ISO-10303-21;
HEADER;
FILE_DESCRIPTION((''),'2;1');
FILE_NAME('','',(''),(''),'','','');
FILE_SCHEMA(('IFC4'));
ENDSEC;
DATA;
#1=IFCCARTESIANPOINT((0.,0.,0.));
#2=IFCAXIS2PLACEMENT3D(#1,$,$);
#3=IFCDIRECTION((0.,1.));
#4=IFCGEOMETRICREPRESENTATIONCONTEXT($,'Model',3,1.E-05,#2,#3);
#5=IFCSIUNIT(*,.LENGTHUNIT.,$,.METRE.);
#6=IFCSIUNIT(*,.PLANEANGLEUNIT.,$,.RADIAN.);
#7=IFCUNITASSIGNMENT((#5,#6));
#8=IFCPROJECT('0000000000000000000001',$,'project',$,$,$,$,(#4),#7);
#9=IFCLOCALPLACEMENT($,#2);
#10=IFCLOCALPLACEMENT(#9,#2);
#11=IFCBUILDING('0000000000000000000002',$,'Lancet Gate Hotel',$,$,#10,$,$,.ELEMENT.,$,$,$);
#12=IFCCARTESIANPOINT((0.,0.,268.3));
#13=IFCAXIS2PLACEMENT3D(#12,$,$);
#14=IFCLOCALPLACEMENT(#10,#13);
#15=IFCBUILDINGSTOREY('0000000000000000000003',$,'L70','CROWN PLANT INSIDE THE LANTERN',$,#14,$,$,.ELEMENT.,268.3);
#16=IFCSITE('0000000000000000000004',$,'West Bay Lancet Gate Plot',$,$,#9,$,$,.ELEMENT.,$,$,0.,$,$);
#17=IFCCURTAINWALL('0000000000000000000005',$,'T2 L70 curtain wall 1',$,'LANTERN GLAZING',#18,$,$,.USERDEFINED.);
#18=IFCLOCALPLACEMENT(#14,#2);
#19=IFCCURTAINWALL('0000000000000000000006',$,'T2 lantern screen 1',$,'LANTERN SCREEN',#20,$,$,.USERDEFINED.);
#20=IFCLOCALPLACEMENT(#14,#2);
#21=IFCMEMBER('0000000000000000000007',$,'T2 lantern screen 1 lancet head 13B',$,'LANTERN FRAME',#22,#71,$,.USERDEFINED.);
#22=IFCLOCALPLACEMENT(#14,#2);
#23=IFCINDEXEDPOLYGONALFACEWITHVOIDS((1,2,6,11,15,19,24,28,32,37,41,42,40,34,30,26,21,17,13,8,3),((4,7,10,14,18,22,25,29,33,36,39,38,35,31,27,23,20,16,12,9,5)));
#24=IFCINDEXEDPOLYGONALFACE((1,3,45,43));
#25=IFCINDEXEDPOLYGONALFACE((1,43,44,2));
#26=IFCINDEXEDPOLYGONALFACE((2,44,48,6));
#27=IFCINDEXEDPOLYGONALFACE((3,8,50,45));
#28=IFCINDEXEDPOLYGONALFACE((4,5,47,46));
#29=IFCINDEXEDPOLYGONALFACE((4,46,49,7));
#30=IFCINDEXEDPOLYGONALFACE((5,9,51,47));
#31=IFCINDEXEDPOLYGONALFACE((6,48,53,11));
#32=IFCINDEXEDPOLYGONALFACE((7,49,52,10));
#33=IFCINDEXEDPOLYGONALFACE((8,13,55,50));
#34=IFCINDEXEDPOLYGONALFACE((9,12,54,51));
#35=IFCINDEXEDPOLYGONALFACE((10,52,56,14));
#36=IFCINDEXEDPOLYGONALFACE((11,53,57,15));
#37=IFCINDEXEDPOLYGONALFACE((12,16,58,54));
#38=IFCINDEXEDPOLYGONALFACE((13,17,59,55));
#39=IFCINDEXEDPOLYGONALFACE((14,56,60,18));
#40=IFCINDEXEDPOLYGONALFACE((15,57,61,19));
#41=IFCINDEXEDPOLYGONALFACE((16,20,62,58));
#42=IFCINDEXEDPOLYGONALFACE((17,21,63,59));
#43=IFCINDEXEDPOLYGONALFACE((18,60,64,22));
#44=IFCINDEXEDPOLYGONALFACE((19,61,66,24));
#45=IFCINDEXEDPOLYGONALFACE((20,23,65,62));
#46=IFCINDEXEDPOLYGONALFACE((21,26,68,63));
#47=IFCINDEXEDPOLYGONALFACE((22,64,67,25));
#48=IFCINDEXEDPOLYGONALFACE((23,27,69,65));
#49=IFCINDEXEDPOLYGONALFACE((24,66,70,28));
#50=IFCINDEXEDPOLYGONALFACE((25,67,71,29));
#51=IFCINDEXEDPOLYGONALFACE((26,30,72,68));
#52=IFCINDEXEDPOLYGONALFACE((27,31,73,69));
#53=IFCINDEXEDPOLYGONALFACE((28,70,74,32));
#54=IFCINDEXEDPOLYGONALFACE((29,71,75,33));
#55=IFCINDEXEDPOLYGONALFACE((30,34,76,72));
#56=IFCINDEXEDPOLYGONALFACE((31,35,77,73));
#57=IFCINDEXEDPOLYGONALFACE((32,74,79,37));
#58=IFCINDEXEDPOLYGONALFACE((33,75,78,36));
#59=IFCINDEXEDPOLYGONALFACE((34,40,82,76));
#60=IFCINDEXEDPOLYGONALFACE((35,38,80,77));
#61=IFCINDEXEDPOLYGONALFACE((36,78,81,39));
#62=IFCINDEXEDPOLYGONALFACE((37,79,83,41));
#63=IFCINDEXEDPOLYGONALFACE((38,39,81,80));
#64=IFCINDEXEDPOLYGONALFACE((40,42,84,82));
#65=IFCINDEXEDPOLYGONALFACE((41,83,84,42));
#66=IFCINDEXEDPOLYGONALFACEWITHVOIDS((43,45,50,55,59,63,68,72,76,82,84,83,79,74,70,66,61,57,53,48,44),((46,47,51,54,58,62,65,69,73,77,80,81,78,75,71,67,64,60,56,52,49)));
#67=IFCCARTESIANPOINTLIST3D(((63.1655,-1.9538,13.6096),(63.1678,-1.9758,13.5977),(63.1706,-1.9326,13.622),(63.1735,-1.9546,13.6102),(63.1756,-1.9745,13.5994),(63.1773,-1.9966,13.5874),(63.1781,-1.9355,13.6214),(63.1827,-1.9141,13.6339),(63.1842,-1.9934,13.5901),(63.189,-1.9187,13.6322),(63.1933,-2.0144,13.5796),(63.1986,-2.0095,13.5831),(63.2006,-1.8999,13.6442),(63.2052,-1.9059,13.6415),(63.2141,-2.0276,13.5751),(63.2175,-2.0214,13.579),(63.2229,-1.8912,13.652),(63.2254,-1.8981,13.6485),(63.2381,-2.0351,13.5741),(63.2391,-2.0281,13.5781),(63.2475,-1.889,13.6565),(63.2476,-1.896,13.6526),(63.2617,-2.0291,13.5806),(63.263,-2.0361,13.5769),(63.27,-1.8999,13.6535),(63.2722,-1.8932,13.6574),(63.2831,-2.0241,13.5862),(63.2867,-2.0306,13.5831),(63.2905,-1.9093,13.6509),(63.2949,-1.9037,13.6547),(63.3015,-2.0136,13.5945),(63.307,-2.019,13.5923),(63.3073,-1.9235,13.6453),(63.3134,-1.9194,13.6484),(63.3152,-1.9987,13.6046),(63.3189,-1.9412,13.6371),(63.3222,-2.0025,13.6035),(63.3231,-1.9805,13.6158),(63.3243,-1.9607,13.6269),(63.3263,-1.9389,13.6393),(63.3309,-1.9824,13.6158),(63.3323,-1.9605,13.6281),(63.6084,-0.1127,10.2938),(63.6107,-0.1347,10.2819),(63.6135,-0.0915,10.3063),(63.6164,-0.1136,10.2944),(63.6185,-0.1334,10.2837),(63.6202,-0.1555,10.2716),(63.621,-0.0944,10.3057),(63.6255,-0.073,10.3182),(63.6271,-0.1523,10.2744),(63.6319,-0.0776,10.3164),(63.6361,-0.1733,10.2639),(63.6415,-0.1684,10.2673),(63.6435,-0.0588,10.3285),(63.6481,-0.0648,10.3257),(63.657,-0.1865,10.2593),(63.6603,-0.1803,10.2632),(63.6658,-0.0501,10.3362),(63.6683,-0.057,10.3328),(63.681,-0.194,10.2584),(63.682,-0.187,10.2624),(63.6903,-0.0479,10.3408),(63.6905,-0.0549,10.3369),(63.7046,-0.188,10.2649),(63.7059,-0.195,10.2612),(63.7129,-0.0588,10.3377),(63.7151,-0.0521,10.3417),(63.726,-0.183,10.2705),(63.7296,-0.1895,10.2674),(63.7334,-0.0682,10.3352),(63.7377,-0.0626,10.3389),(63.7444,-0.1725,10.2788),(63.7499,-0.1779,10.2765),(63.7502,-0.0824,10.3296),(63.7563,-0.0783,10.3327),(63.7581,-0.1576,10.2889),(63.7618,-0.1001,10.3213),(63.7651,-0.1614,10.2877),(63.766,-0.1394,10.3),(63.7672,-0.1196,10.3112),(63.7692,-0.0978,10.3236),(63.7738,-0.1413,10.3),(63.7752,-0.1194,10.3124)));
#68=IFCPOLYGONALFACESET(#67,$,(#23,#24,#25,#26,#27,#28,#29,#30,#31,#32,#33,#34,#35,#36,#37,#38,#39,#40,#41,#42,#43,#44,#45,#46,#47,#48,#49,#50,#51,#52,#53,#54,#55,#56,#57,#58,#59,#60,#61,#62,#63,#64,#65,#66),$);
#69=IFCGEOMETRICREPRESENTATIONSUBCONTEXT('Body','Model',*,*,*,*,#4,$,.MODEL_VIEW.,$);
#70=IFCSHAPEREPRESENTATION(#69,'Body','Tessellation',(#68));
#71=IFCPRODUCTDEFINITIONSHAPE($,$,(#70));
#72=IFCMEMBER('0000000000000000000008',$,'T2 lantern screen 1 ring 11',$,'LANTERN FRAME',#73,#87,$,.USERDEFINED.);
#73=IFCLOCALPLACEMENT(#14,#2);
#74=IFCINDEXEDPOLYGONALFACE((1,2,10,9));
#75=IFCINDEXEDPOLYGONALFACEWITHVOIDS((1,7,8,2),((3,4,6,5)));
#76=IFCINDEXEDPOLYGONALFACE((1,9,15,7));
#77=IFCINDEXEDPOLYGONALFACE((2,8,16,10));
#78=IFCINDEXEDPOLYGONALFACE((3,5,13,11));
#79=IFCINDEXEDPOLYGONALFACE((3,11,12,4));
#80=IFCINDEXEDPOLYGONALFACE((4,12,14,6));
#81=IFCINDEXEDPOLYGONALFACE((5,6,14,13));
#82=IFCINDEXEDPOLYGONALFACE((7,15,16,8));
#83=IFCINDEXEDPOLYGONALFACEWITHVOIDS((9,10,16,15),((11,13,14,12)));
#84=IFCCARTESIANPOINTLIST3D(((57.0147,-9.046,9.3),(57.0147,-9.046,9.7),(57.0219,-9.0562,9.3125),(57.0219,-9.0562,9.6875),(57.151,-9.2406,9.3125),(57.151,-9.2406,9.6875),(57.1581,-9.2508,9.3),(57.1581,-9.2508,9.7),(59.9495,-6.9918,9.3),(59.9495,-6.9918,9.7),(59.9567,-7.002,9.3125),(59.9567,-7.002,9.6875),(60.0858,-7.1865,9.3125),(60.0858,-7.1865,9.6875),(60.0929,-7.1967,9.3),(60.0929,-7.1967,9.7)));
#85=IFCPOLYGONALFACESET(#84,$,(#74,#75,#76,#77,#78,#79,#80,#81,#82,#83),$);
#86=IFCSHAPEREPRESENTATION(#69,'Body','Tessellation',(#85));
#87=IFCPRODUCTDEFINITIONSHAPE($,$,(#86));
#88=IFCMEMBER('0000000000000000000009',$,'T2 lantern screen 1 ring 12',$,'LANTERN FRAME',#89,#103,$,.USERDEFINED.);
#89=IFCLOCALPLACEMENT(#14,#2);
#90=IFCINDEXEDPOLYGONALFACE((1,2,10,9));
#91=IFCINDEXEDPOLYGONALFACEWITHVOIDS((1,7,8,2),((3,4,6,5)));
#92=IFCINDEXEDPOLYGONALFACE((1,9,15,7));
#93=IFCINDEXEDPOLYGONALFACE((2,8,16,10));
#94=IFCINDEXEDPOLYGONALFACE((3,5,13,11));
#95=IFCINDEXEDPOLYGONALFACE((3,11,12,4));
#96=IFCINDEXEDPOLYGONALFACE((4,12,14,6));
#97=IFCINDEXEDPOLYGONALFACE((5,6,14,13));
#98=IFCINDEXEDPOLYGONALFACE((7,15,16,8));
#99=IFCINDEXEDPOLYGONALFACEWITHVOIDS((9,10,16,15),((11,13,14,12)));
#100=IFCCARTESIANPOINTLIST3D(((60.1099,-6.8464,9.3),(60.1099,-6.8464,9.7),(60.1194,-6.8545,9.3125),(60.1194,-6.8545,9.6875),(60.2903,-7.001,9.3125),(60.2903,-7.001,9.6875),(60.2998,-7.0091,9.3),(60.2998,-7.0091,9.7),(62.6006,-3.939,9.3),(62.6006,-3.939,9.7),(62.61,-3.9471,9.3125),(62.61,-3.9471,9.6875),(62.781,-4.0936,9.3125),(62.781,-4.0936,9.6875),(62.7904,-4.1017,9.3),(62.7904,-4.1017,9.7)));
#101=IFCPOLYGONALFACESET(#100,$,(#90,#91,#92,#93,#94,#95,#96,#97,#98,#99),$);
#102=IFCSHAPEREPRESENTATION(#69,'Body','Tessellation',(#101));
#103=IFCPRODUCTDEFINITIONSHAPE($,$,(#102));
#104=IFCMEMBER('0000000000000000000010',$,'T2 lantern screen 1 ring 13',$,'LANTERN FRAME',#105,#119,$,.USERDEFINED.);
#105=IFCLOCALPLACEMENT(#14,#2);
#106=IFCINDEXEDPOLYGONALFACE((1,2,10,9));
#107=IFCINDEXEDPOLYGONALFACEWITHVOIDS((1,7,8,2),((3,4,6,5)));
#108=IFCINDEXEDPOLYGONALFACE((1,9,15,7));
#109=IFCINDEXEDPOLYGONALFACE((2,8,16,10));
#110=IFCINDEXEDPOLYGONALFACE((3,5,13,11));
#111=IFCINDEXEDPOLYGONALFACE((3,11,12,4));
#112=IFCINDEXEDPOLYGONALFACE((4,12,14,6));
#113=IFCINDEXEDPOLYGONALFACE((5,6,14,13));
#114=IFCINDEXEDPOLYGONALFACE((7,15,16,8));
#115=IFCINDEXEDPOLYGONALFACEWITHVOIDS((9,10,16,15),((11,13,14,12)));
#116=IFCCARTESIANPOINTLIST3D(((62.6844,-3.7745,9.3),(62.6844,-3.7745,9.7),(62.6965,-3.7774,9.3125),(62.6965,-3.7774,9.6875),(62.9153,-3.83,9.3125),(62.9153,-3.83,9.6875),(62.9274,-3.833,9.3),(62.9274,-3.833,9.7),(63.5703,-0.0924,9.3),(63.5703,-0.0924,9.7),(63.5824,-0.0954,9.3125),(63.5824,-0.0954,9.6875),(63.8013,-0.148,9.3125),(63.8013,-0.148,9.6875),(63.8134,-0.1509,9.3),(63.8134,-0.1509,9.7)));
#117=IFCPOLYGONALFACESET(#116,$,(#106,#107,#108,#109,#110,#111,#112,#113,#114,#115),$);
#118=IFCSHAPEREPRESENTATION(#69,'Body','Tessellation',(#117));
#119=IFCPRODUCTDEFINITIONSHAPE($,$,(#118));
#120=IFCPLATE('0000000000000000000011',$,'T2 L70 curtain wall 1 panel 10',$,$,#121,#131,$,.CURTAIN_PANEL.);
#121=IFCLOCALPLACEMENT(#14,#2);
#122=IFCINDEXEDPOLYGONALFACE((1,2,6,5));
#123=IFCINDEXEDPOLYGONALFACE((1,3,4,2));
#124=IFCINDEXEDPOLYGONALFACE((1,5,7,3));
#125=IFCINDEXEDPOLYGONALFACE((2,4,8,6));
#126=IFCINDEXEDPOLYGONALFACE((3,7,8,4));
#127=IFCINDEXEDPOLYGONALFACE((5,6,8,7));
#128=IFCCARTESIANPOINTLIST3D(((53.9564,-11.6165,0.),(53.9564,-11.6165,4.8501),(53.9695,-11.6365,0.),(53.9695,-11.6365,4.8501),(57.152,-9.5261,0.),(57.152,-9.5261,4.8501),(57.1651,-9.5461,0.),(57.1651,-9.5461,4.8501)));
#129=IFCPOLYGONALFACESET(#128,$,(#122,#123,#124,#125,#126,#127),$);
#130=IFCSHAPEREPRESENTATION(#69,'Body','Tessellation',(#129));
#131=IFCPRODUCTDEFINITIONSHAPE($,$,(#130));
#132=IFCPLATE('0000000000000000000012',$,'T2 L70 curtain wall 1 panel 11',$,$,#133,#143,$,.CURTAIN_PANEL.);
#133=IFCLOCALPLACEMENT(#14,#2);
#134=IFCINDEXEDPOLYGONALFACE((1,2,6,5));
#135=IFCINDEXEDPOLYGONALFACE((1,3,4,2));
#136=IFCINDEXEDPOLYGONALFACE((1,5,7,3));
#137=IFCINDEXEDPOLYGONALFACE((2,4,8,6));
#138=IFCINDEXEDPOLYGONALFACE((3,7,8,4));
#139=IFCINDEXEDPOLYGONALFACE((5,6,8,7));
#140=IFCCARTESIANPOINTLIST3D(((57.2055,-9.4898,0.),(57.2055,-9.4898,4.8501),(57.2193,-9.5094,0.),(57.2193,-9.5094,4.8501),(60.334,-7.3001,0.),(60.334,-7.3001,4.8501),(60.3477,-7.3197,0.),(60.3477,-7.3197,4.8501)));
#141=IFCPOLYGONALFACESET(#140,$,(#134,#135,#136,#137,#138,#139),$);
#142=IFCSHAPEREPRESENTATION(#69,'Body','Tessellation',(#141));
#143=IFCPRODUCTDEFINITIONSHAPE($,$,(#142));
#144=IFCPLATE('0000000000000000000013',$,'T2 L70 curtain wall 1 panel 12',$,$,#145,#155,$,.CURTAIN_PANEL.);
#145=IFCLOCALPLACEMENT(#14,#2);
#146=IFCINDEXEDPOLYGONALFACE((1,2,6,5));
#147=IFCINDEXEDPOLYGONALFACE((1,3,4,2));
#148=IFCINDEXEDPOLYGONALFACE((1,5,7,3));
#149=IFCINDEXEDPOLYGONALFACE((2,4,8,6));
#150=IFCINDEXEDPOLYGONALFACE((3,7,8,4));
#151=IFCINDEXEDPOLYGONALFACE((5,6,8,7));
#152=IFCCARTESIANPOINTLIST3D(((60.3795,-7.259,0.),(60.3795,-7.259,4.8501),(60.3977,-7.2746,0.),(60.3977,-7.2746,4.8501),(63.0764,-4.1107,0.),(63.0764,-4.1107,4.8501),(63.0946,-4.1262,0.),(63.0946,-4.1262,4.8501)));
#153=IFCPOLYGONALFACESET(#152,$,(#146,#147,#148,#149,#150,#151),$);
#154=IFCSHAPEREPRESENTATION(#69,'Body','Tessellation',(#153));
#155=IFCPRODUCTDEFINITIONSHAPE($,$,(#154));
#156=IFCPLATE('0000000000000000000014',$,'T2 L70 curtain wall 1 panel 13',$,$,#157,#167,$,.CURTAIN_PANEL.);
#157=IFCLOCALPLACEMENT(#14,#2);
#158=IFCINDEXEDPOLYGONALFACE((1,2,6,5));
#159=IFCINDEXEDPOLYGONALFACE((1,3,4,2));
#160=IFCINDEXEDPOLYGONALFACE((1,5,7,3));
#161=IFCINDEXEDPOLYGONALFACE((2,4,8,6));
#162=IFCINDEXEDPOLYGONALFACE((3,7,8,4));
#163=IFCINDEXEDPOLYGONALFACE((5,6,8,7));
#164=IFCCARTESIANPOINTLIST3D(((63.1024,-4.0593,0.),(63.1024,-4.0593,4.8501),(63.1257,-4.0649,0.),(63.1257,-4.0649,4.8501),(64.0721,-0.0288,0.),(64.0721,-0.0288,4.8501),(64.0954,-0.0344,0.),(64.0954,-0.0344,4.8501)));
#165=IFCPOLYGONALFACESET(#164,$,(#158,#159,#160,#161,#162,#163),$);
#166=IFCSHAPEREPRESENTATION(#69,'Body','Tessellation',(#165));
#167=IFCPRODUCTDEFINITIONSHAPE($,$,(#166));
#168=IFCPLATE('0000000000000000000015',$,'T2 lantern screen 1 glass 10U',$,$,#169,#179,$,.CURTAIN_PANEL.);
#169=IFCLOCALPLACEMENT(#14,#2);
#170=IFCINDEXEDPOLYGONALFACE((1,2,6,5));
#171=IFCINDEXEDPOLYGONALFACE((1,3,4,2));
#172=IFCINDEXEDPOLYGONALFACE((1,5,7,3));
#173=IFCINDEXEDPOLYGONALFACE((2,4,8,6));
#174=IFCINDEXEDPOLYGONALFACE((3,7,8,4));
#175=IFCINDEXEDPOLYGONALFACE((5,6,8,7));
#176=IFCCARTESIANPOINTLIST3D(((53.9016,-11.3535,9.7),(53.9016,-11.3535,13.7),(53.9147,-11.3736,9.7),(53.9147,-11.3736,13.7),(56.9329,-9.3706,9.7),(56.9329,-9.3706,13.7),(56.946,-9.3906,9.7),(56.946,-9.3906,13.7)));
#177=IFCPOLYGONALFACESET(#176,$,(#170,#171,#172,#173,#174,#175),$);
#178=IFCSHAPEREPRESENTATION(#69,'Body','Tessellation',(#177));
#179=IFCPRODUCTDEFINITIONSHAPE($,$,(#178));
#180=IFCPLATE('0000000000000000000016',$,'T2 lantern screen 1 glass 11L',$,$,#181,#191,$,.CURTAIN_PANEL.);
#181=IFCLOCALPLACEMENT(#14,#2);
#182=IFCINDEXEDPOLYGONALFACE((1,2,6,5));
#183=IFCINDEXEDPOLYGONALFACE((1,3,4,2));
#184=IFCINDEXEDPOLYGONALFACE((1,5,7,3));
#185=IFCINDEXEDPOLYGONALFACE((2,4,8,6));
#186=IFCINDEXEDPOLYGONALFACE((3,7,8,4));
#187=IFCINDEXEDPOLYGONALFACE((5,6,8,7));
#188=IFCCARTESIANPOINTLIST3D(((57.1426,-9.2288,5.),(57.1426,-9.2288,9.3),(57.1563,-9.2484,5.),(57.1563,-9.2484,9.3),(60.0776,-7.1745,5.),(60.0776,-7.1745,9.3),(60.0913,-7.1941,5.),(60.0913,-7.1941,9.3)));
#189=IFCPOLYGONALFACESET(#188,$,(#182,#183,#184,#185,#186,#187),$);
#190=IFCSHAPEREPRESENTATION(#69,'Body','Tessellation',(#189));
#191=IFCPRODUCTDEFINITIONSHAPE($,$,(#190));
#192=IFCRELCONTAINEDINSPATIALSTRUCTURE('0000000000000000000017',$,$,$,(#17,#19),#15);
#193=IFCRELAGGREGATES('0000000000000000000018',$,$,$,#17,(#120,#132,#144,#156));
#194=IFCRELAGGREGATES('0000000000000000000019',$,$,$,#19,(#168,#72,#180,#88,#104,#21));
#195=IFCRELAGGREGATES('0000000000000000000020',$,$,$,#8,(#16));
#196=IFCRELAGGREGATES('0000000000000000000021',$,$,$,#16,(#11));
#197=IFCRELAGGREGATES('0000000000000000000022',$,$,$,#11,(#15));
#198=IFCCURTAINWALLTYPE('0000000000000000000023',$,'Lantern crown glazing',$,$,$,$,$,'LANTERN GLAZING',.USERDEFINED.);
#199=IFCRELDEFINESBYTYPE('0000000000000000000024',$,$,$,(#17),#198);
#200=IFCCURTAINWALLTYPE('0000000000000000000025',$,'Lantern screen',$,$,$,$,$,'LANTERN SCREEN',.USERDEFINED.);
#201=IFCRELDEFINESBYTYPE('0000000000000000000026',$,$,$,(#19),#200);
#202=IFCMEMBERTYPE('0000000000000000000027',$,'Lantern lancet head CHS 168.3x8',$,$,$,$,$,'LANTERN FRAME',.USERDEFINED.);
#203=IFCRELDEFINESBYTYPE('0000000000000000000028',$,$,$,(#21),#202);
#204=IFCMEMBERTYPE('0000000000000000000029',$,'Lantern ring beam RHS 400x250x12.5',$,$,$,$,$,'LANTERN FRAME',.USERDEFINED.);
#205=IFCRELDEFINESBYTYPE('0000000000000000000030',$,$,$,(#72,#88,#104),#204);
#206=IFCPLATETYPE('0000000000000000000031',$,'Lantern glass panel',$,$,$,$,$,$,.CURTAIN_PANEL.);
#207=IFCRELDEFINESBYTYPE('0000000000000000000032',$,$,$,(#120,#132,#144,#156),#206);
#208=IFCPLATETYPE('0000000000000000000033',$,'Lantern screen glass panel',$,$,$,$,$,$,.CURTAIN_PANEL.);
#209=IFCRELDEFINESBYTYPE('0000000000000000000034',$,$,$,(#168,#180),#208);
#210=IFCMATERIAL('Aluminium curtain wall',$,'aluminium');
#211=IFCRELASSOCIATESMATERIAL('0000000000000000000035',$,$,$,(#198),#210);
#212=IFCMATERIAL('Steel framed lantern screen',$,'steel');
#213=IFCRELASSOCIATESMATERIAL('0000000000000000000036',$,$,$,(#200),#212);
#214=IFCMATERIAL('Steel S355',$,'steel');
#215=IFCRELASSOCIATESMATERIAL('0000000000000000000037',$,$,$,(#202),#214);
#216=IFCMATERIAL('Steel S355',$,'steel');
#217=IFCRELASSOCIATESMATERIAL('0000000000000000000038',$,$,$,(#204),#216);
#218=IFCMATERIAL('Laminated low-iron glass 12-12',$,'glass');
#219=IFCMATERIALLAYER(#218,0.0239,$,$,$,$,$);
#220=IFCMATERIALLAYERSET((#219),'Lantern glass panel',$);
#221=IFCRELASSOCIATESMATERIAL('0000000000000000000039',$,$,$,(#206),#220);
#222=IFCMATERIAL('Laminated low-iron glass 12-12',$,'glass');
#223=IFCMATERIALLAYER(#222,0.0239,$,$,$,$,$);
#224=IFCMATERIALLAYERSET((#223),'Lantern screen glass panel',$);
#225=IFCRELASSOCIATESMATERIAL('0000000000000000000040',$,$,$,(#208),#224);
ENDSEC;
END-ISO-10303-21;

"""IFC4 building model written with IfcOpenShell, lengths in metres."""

from ifc_helpers import new_model, si_unit, direction, frame, origin, origin_2d, place, context, subcontext, project, spatial, rectangle, hollow_rectangle, hollow_circle, extrude, material, layer, layer_set, material_profile, profile_set, type_object, element, aggregate, save


model = new_model("IFC4")

# Units and contexts
model_context = context("Model", 3, precision=1e-05, world=origin(), true_north=direction((0.0, 1.0)))
body_context = subcontext(model_context, "Body", "Model", "MODEL_VIEW")
ifc_project = project(units=[si_unit("LENGTHUNIT", "METRE"), si_unit("PLANEANGLEUNIT", "RADIAN")], contexts=[model_context])

# Site, building, storey
site_placement = place(None, origin())
site = spatial("IfcSite", under=ifc_project, at=site_placement, Name="West Bay Lancet Gate Plot", CompositionType="ELEMENT", RefElevation=0.0)
building_placement = place(site_placement, origin())
building = spatial("IfcBuilding", under=site, at=building_placement, Name="Lancet Gate Hotel", CompositionType="ELEMENT")
storey_placement = place(building_placement, frame((0.0, 0.0, 268.3)))
storey = spatial("IfcBuildingStorey", under=building, at=storey_placement, Name="L70", Description="CROWN PLANT INSIDE THE LANTERN", CompositionType="ELEMENT", Elevation=268.3)

# Curtain wall
ifc_material_1 = material(Name="Aluminium curtain wall", Category="aluminium")
curtain_wall_type_1 = type_object("IfcCurtainWallType", Name="Lantern crown glazing", ElementType="LANTERN GLAZING", PredefinedType="USERDEFINED", material=ifc_material_1)
curtain_wall_1_placement = place(storey_placement, origin())
curtain_wall_1 = element("IfcCurtainWall", 1, at=curtain_wall_1_placement, inside=storey, type_object=curtain_wall_type_1, Name="T2 L70 curtain wall 1", ObjectType="LANTERN GLAZING", PredefinedType="USERDEFINED")

# Curtain wall, members
ifc_material_2 = material(Name="Steel framed lantern screen", Category="steel")
curtain_wall_type_2 = type_object("IfcCurtainWallType", Name="Lantern screen", ElementType="LANTERN SCREEN", PredefinedType="USERDEFINED", material=ifc_material_2)
curtain_wall_2_placement = place(storey_placement, origin())
curtain_wall_2 = element("IfcCurtainWall", 2, at=curtain_wall_2_placement, inside=storey, type_object=curtain_wall_type_2, Name="T2 lantern screen 1", ObjectType="LANTERN SCREEN", PredefinedType="USERDEFINED")
ifc_material_3 = material(Name="Steel S355", Category="steel")
ifc_material_profile_1 = material_profile(ifc_material_3, hollow_circle(Radius=0.0842, WallThickness=0.0081, at=origin_2d()), Name="CHS 168.3x8.0")
ifc_profile_set_1 = profile_set([ifc_material_profile_1], Name="Steel S355")
member_type_1 = type_object("IfcMemberType", Name="Lantern lancet head CHS 168.3x8", ElementType="LANTERN FRAME", PredefinedType="USERDEFINED", material=ifc_profile_set_1)
member_1_placement = place(storey_placement, frame((63.6919, -0.1216, 10.3), z_axis=(-0.115987, -0.48217, 0.868366), x_axis=(0.972265, -0.23388, 0.0)))
member_1 = element("IfcMember", 3, at=member_1_placement, type_object=member_type_1, Name="T2 lantern screen 1 lancet head 13B", ObjectType="LANTERN FRAME", PredefinedType="USERDEFINED", context=body_context, shape_type="SweptSolid", body=[
    extrude(hollow_circle(Radius=0.0842, WallThickness=0.0081, at=origin_2d()), origin(), (0.0, 0.0, 1.0), 3.8184),
])
ifc_material_4 = material(Name="Steel S355", Category="steel")
ifc_material_profile_2 = material_profile(ifc_material_4, hollow_rectangle(XDim=0.25, YDim=0.3999, WallThickness=0.0125, at=origin_2d()), Name="RHS 400x250x12.5")
ifc_profile_set_2 = profile_set([ifc_material_profile_2], Name="Steel S355")
member_type_2 = type_object("IfcMemberType", Name="Lantern ring beam RHS 400x250x12.5", ElementType="LANTERN FRAME", PredefinedType="USERDEFINED", material=ifc_profile_set_2)
member_2_placement = place(storey_placement, frame((57.0864, -9.1484, 9.5), z_axis=(0.819254, 0.57343, 0.0), x_axis=(-0.57343, 0.819254, 0.0)))
member_2 = element("IfcMember", 4, at=member_2_placement, type_object=member_type_2, Name="T2 lantern screen 1 ring 11", ObjectType="LANTERN FRAME", PredefinedType="USERDEFINED", context=body_context, shape_type="SweptSolid", body=[
    extrude(hollow_rectangle(XDim=0.25, YDim=0.3999, WallThickness=0.0125, at=origin_2d()), origin(), (0.0, 0.0, 1.0), 3.5823),
])
member_3_placement = place(storey_placement, frame((60.2048, -6.9277, 9.5), z_axis=(0.650581, 0.759437, 0.0), x_axis=(-0.759437, 0.650581, 0.0)))
member_3 = element("IfcMember", 5, at=member_3_placement, type_object=member_type_2, Name="T2 lantern screen 1 ring 12", ObjectType="LANTERN FRAME", PredefinedType="USERDEFINED", context=body_context, shape_type="SweptSolid", body=[
    extrude(hollow_rectangle(XDim=0.25, YDim=0.3999, WallThickness=0.0125, at=origin_2d()), origin(), (0.0, 0.0, 1.0), 3.8284),
])
member_4_placement = place(storey_placement, frame((62.8059, -3.8037, 9.5), z_axis=(0.233941, 0.972251, 0.0), x_axis=(-0.972251, 0.233941, 0.0)))
member_4 = element("IfcMember", 6, at=member_4_placement, type_object=member_type_2, Name="T2 lantern screen 1 ring 13", ObjectType="LANTERN FRAME", PredefinedType="USERDEFINED", context=body_context, shape_type="SweptSolid", body=[
    extrude(hollow_rectangle(XDim=0.25, YDim=0.3999, WallThickness=0.0125, at=origin_2d()), origin(), (0.0, 0.0, 1.0), 3.7871),
])

# Plates
ifc_material_5 = material(Name="Laminated low-iron glass 12-12", Category="glass")
ifc_layer_1 = layer(ifc_material_5, 0.0239)
ifc_layer_set_1 = layer_set([ifc_layer_1], Name="Lantern glass panel")
plate_type_1 = type_object("IfcPlateType", Name="Lantern glass panel", PredefinedType="CURTAIN_PANEL", material=ifc_layer_set_1)
plate_1_placement = place(storey_placement, frame((55.5608, -10.5813, 0.0), z_axis=(0.0, 0.0, 1.0), x_axis=(0.83685, 0.547432, 0.0)))
plate_1 = element("IfcPlate", 7, at=plate_1_placement, type_object=plate_type_1, Name="T2 L70 curtain wall 1 panel 10", PredefinedType="CURTAIN_PANEL", context=body_context, shape_type="SweptSolid", body=[
    extrude(rectangle(XDim=3.8186, YDim=0.0239, at=origin_2d()), origin(), (0.0, 0.0, 1.0), 4.8501),
])
plate_2_placement = place(storey_placement, frame((58.7766, -8.4048, 0.0), z_axis=(0.0, 0.0, 1.0), x_axis=(0.819255, 0.573429, 0.0)))
plate_2 = element("IfcPlate", 8, at=plate_2_placement, type_object=plate_type_1, Name="T2 L70 curtain wall 1 panel 11", PredefinedType="CURTAIN_PANEL", context=body_context, shape_type="SweptSolid", body=[
    extrude(rectangle(XDim=3.8186, YDim=0.0239, at=origin_2d()), origin(), (0.0, 0.0, 1.0), 4.8501),
])
plate_3_placement = place(storey_placement, frame((61.7371, -5.6926, 0.0), z_axis=(0.0, 0.0, 1.0), x_axis=(0.650552, 0.759462, 0.0)))
plate_3 = element("IfcPlate", 9, at=plate_3_placement, type_object=plate_type_1, Name="T2 L70 curtain wall 1 panel 12", PredefinedType="CURTAIN_PANEL", context=body_context, shape_type="SweptSolid", body=[
    extrude(rectangle(XDim=4.1455, YDim=0.0239, at=origin_2d()), origin(), (0.0, 0.0, 1.0), 4.8501),
])
plate_4_placement = place(storey_placement, frame((63.5989, -2.0469, 0.0), z_axis=(0.0, 0.0, 1.0), x_axis=(0.233916, 0.972257, 0.0)))
plate_4 = element("IfcPlate", 10, at=plate_4_placement, type_object=plate_type_1, Name="T2 L70 curtain wall 1 panel 13", PredefinedType="CURTAIN_PANEL", context=body_context, shape_type="SweptSolid", body=[
    extrude(rectangle(XDim=4.1455, YDim=0.0239, at=origin_2d()), origin(), (0.0, 0.0, 1.0), 4.8501),
])
aggregate(curtain_wall_1, [plate_1, plate_2, plate_3, plate_4])
ifc_material_6 = material(Name="Laminated low-iron glass 12-12", Category="glass")
ifc_layer_2 = layer(ifc_material_6, 0.0239)
ifc_layer_set_2 = layer_set([ifc_layer_2], Name="Lantern screen glass panel")
plate_type_2 = type_object("IfcPlateType", Name="Lantern screen glass panel", PredefinedType="CURTAIN_PANEL", material=ifc_layer_set_2)
plate_5_placement = place(storey_placement, frame((55.4238, -10.3721, 9.7), z_axis=(0.0, 0.0, 1.0), x_axis=(0.83685, 0.547432, 0.0)))
plate_5 = element("IfcPlate", 11, at=plate_5_placement, type_object=plate_type_2, Name="T2 lantern screen 1 glass 10U", PredefinedType="CURTAIN_PANEL", context=body_context, shape_type="SweptSolid", body=[
    extrude(rectangle(XDim=3.6223, YDim=0.0239, at=origin_2d()), origin(), (0.0, 0.0, 1.0), 4.0),
])
plate_6_placement = place(storey_placement, frame((58.6169, -8.2114, 5.0), z_axis=(0.0, 0.0, 1.0), x_axis=(0.819255, 0.573429, 0.0)))
plate_6 = element("IfcPlate", 12, at=plate_6_placement, type_object=plate_type_2, Name="T2 lantern screen 1 glass 11L", PredefinedType="CURTAIN_PANEL", context=body_context, shape_type="SweptSolid", body=[
    extrude(rectangle(XDim=3.5825, YDim=0.0239, at=origin_2d()), origin(), (0.0, 0.0, 1.0), 4.3),
])
aggregate(curtain_wall_2, [plate_5, member_2, plate_6, member_3, member_4, member_1])

save(model, "model.ifc")
